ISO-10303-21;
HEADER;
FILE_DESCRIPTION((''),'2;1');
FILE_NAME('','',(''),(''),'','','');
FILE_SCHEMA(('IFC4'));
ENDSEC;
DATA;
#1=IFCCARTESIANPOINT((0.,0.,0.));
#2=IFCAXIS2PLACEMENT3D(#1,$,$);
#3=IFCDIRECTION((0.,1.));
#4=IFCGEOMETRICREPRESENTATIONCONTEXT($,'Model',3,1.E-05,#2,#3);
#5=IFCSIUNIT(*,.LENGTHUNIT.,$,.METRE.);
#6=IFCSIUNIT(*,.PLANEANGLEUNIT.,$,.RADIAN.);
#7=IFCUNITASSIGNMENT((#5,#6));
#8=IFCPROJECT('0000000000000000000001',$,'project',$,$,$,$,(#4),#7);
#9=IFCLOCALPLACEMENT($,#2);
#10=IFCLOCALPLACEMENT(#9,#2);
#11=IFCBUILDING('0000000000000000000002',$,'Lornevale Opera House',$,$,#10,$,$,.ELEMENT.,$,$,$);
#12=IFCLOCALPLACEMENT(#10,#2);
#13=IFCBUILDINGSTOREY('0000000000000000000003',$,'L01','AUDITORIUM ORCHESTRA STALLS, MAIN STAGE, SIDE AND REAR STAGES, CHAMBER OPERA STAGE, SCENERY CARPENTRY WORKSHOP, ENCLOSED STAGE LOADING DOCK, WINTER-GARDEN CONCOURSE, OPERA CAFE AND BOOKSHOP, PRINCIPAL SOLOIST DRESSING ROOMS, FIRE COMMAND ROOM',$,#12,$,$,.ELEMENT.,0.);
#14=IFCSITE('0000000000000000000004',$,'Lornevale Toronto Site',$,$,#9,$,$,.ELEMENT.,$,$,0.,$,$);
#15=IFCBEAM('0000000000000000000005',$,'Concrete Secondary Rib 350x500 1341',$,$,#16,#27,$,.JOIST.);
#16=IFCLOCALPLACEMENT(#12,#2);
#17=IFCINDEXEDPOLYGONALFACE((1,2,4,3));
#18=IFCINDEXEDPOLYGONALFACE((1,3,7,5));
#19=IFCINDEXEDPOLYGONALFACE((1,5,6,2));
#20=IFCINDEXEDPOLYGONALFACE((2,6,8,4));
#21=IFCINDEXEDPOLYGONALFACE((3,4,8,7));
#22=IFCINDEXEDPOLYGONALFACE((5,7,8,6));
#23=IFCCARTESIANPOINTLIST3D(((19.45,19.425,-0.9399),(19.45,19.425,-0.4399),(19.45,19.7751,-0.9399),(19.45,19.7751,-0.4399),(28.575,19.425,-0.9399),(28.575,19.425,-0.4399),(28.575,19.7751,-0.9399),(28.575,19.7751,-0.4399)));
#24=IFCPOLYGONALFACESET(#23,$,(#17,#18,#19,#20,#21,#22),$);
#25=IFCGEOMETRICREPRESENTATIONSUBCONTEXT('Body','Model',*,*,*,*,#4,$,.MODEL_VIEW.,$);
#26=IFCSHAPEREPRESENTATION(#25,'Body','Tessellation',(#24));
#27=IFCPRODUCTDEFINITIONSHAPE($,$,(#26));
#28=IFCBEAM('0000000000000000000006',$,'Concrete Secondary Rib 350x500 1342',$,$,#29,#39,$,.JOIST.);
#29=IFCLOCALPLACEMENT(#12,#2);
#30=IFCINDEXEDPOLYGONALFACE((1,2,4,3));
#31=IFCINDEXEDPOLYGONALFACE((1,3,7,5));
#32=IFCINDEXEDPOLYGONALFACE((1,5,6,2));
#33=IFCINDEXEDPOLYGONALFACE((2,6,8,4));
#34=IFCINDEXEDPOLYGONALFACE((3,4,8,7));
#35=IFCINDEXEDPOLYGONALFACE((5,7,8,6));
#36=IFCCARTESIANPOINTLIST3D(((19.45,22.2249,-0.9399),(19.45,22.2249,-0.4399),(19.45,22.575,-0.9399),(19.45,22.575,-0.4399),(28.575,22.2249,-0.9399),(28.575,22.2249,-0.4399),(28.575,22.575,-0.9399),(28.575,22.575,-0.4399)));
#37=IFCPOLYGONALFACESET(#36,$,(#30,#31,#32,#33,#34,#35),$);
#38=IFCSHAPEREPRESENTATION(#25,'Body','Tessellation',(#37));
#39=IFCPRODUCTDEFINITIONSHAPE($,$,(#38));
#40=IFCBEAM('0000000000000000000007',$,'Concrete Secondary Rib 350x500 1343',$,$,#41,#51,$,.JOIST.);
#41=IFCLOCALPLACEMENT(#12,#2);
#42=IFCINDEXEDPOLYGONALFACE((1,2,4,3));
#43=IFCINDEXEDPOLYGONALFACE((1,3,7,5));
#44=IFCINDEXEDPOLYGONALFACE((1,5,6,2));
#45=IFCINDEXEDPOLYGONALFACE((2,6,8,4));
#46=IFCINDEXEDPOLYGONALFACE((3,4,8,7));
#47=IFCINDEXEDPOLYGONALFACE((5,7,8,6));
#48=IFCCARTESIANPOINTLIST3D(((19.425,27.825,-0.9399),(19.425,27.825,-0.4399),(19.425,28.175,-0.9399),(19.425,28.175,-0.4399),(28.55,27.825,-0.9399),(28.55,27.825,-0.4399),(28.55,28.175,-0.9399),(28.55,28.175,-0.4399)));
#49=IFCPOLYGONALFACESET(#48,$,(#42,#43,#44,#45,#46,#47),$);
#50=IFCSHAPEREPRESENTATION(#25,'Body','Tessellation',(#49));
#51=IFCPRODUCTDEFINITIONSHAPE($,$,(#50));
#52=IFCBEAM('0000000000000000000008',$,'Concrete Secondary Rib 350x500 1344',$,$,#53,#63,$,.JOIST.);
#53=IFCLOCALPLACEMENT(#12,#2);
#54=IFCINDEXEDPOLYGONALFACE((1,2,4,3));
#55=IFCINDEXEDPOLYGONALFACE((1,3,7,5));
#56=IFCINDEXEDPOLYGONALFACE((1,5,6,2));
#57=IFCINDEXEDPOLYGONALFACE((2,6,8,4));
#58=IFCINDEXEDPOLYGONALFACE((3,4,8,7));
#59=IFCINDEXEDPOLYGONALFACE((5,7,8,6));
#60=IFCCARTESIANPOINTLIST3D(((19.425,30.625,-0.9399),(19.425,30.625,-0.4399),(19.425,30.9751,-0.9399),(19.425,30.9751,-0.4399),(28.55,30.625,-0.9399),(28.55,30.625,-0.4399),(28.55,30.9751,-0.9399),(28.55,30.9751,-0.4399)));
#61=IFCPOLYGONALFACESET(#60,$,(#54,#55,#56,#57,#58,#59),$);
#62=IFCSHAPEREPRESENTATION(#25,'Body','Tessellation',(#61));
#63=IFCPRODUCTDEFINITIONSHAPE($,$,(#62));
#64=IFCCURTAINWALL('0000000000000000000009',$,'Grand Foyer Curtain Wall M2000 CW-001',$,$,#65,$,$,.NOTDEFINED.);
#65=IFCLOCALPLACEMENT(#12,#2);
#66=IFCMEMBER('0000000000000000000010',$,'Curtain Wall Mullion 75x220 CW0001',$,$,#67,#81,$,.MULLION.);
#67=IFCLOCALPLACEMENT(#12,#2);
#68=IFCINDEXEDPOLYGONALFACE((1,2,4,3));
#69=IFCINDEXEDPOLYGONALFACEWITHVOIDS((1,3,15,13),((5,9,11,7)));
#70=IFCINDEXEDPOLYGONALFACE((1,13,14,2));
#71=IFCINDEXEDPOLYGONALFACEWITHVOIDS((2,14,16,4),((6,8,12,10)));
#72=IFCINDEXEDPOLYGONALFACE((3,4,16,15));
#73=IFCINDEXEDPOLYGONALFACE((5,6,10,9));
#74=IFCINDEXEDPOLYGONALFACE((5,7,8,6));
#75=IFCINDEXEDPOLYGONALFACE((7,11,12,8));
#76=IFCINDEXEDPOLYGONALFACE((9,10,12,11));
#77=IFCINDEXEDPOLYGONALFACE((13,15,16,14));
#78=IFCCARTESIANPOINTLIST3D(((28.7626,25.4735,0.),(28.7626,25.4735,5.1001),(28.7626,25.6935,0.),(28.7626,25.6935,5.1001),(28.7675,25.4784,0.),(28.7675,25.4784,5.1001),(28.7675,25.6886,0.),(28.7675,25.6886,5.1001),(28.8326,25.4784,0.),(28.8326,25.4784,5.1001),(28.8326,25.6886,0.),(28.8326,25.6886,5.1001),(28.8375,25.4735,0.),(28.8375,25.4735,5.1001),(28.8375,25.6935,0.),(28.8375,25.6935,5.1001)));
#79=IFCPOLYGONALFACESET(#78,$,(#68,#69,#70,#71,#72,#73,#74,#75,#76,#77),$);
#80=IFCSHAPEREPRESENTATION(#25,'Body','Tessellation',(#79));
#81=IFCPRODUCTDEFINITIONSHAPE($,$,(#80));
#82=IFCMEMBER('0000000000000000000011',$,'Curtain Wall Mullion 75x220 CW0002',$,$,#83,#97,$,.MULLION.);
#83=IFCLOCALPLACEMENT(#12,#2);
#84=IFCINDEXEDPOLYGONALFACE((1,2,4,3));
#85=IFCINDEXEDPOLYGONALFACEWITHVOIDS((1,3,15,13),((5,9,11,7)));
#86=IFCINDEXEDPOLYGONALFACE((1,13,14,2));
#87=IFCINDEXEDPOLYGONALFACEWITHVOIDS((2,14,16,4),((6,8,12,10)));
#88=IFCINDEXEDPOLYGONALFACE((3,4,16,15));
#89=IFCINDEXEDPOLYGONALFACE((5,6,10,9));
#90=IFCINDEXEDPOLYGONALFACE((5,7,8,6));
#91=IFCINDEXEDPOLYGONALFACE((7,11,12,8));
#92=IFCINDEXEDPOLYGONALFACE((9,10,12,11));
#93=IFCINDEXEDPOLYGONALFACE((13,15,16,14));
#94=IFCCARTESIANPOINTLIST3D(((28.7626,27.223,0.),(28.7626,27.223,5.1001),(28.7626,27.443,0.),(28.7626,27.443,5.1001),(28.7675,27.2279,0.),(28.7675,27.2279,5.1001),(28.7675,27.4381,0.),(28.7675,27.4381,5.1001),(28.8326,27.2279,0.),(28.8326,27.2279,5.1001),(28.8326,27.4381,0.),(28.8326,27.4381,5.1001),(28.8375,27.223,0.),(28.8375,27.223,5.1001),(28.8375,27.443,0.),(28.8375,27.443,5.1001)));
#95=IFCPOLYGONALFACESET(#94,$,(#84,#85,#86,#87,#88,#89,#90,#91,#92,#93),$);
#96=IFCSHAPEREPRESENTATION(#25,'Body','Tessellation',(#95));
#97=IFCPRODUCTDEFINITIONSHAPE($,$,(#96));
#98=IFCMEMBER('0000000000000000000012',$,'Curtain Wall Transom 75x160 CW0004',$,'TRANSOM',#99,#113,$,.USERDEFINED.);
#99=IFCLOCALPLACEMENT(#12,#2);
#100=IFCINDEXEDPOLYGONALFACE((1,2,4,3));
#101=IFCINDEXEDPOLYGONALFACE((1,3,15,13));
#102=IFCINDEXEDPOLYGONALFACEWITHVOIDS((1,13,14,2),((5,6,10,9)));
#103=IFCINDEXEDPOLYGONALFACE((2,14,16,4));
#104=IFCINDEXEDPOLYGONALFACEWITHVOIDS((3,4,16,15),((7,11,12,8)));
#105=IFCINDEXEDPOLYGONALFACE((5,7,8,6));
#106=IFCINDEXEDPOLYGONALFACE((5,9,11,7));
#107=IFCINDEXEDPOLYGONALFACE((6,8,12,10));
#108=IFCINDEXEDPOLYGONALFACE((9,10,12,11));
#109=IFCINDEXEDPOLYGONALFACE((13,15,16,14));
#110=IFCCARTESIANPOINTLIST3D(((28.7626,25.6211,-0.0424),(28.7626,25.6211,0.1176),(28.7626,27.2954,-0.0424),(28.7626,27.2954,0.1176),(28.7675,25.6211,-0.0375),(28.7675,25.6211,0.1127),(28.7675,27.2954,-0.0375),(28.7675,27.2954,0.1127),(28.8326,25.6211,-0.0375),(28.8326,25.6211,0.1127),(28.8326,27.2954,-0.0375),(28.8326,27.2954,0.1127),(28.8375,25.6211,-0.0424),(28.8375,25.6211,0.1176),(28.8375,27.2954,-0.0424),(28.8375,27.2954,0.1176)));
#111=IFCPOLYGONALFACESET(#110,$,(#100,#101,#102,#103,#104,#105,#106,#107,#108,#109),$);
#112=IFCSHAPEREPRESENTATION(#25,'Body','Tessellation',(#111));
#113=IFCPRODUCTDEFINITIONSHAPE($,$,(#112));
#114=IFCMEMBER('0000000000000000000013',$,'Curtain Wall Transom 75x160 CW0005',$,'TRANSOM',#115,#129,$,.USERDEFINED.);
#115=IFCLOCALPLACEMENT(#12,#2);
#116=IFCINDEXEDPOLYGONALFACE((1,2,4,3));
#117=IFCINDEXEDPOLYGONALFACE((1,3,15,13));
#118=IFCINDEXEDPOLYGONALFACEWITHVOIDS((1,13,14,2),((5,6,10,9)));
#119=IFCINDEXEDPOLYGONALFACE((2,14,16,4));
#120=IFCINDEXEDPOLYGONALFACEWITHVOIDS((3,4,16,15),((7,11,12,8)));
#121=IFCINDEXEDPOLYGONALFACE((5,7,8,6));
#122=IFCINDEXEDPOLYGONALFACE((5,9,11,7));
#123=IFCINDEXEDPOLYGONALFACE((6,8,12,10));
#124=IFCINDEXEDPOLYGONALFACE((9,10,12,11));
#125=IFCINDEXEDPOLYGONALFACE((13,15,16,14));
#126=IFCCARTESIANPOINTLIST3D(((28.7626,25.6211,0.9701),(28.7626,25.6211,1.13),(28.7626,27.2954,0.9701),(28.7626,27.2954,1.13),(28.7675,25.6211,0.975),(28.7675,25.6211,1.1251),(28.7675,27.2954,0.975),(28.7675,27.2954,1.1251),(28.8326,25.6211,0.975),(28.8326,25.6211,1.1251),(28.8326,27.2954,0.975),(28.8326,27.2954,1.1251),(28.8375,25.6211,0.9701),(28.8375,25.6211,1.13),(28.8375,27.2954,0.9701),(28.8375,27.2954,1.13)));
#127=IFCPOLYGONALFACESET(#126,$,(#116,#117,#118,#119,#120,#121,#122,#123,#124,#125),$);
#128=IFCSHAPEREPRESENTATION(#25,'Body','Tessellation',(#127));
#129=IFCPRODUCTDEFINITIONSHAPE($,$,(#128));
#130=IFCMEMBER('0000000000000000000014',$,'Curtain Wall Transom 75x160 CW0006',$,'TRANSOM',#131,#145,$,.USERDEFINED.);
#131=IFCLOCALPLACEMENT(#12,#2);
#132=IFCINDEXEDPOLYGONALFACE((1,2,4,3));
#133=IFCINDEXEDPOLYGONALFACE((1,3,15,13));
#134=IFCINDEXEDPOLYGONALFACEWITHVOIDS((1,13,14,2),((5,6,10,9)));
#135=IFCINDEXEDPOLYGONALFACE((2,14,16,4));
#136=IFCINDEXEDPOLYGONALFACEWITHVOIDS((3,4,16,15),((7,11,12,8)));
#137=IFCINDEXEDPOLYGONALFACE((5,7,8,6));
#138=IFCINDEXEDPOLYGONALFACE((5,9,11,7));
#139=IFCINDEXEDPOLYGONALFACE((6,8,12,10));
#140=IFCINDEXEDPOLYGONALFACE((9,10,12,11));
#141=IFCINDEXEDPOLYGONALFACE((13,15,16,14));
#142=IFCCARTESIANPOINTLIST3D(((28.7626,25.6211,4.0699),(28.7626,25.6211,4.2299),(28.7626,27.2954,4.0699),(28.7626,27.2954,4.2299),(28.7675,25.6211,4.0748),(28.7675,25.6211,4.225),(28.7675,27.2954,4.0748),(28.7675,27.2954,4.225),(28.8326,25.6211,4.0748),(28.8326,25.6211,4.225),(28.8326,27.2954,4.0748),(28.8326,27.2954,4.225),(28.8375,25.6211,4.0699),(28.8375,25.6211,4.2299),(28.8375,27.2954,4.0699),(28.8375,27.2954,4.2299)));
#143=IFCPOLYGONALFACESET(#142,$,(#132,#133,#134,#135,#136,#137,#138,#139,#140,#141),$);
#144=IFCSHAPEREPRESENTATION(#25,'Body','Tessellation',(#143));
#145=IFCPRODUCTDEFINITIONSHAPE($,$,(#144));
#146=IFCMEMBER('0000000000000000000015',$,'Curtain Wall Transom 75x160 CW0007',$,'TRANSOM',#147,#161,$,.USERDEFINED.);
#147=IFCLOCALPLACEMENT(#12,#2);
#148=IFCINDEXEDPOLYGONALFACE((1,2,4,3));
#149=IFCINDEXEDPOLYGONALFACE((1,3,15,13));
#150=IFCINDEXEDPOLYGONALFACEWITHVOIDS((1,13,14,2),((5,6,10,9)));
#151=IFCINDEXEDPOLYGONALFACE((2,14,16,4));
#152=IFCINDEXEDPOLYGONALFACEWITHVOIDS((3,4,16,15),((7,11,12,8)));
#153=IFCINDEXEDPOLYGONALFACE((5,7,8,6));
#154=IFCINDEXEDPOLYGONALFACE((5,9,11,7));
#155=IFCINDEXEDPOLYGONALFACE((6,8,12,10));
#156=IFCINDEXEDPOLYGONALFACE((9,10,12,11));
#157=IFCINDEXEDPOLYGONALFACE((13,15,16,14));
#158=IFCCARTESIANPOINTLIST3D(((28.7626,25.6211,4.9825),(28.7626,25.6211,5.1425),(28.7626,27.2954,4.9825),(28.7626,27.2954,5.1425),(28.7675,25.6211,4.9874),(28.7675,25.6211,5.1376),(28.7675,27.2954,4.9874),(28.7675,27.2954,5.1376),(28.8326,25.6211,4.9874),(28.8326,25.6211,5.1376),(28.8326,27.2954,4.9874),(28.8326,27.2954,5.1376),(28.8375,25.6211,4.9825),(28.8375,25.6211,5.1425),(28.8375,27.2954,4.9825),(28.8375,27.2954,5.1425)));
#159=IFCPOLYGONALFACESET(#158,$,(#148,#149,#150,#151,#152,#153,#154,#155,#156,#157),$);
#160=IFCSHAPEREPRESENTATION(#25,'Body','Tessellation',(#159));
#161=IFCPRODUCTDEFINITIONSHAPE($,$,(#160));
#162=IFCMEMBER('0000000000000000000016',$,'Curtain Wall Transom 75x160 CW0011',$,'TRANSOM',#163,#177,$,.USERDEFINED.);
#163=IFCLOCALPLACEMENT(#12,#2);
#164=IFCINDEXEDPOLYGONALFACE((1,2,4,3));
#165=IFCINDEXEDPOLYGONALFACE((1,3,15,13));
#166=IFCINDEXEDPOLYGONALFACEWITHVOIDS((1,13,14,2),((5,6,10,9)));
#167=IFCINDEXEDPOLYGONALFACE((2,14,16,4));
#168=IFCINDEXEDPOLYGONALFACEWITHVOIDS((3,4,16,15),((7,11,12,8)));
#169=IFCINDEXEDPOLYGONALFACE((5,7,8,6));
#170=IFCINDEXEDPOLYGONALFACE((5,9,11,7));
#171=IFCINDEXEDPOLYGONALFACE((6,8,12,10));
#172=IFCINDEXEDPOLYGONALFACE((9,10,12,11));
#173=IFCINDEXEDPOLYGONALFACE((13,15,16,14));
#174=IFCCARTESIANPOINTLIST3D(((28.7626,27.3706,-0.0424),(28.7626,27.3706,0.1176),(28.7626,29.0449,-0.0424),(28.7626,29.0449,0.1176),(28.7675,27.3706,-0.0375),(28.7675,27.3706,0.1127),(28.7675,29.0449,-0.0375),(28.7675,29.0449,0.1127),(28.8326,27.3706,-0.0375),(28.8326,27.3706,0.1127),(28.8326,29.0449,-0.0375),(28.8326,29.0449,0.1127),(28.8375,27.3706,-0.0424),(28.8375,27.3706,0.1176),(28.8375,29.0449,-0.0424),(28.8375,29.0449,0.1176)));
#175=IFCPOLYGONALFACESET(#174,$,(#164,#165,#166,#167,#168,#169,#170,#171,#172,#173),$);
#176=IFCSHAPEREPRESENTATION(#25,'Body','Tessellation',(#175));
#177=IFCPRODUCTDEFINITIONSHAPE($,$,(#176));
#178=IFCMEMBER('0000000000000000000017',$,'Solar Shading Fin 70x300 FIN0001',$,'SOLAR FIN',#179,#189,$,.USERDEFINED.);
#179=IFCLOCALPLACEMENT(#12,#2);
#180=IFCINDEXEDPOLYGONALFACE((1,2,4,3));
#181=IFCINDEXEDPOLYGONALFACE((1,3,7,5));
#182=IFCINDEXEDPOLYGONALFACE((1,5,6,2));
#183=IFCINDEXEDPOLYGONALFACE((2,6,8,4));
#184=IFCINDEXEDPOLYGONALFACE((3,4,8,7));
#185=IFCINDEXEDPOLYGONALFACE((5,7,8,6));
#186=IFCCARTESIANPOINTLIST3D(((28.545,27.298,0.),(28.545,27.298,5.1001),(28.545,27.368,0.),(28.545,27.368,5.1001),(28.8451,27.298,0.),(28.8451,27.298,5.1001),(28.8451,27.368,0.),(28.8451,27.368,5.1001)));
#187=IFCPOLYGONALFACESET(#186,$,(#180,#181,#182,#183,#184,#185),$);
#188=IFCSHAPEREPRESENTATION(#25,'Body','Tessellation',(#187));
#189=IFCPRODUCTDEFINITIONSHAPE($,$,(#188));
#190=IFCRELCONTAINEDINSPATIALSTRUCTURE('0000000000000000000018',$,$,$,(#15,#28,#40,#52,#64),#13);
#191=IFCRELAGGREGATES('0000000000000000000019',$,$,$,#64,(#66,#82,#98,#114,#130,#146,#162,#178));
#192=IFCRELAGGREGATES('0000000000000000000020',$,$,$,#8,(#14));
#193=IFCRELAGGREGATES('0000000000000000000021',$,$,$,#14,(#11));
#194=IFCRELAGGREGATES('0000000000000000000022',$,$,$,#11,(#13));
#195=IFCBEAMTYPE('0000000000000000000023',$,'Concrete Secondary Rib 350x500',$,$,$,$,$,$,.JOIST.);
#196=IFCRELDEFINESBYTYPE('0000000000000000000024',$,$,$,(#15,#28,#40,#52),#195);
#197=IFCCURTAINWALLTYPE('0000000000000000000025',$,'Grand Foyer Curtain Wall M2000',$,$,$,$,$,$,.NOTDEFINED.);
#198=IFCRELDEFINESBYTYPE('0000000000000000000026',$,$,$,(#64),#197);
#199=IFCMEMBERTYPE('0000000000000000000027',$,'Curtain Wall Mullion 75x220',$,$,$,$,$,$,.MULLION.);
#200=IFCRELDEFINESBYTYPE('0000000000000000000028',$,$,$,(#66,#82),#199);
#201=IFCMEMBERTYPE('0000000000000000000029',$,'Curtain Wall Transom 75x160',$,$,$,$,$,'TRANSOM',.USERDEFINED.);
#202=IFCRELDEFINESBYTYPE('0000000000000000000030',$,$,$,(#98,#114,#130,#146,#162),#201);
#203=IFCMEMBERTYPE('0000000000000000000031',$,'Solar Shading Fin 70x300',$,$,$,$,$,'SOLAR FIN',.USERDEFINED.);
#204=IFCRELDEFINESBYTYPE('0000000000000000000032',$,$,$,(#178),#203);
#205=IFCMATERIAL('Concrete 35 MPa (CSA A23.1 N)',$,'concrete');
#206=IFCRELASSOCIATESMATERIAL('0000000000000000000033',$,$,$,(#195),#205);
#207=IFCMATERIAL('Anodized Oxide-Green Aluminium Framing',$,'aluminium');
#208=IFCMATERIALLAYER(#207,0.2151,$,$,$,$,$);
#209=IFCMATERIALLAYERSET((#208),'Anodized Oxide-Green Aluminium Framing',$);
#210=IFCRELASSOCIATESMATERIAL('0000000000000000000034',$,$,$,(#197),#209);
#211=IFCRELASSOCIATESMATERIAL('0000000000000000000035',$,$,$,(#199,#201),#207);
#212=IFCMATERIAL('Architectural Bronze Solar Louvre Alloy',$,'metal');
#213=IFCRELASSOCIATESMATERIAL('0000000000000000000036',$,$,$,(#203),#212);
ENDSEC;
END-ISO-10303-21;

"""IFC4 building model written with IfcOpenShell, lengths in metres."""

from ifc_helpers import new_model, si_unit, direction, frame, origin, origin_2d, place, context, subcontext, project, spatial, rectangle, hollow_rectangle, extrude, material, layer, layer_set, material_profile, profile_set, type_object, element, aggregate, save


model = new_model("IFC4")

# Units and contexts
model_context = context("Model", 3, precision=1e-05, world=origin(), true_north=direction((0.0, 1.0)))
body_context = subcontext(model_context, "Body", "Model", "MODEL_VIEW")
ifc_project = project(units=[si_unit("LENGTHUNIT", "METRE"), si_unit("PLANEANGLEUNIT", "RADIAN")], contexts=[model_context])

# Site, building, storey
site_placement = place(None, origin())
site = spatial("IfcSite", under=ifc_project, at=site_placement, Name="Lornevale Toronto Site", CompositionType="ELEMENT", RefElevation=0.0)
building_placement = place(site_placement, origin())
building = spatial("IfcBuilding", under=site, at=building_placement, Name="Lornevale Opera House", CompositionType="ELEMENT")
storey_placement = place(building_placement, origin())
storey = spatial("IfcBuildingStorey", under=building, at=storey_placement, Name="L01", Description="AUDITORIUM ORCHESTRA STALLS, MAIN STAGE, SIDE AND REAR STAGES, CHAMBER OPERA STAGE, SCENERY CARPENTRY WORKSHOP, ENCLOSED STAGE LOADING DOCK, WINTER-GARDEN CONCOURSE, OPERA CAFE AND BOOKSHOP, PRINCIPAL SOLOIST DRESSING ROOMS, FIRE COMMAND ROOM", CompositionType="ELEMENT", Elevation=0.0)

# Beams
ifc_material_1 = material(Name="Concrete 35 MPa (CSA A23.1 N)", Category="concrete")
ifc_material_profile_1 = material_profile(ifc_material_1, rectangle(XDim=0.3501, YDim=0.5, at=origin_2d()), Name="RC350x500")
ifc_profile_set_1 = profile_set([ifc_material_profile_1], Name="Concrete 35 MPa (CSA A23.1 N)")
beam_type_1 = type_object("IfcBeamType", Name="Concrete Secondary Rib 350x500", PredefinedType="JOIST", material=ifc_profile_set_1)
for number, where, z_axis, x_axis, name in (
    (1, (19.45, 19.6001, -0.6899), (1.0, 0.0, 0.0), (0.0, 1.0, 0.0), "Concrete Secondary Rib 350x500 1341"),
    (2, (19.45, 22.3999, -0.6899), (1.0, 0.0, 0.0), (0.0, 1.0, 0.0), "Concrete Secondary Rib 350x500 1342"),
    (3, (19.425, 28.0, -0.6899), (1.0, 0.0, 0.0), (0.0, 1.0, 0.0), "Concrete Secondary Rib 350x500 1343"),
    (4, (19.425, 30.8, -0.6899), (1.0, 0.0, 0.0), (0.0, 1.0, 0.0), "Concrete Secondary Rib 350x500 1344"),
):
    element("IfcBeam", number, at=place(storey_placement, frame(where, z_axis=z_axis, x_axis=x_axis)), inside=storey, type_object=beam_type_1, Name=name, PredefinedType="JOIST", context=body_context, shape_type="SweptSolid", body=[
        extrude(rectangle(XDim=0.3501, YDim=0.5, at=origin_2d()), origin(), (0.0, 0.0, 1.0), 9.125),
    ])

# Curtain wall, members
ifc_material_2 = material(Name="Anodized Oxide-Green Aluminium Framing", Category="aluminium")
ifc_layer_1 = layer(ifc_material_2, 0.2151)
ifc_layer_set_1 = layer_set([ifc_layer_1], Name="Anodized Oxide-Green Aluminium Framing")
curtain_wall_type = type_object("IfcCurtainWallType", Name="Grand Foyer Curtain Wall M2000", PredefinedType="NOTDEFINED", material=ifc_layer_set_1)
curtain_wall_placement = place(storey_placement, origin())
curtain_wall = element("IfcCurtainWall", 5, at=curtain_wall_placement, inside=storey, type_object=curtain_wall_type, Name="Grand Foyer Curtain Wall M2000 CW-001", PredefinedType="NOTDEFINED")
ifc_material_profile_2 = material_profile(ifc_material_2, hollow_rectangle(XDim=0.075, YDim=0.22, WallThickness=0.0049, at=origin_2d()), Name="ALU75x220x5")
ifc_profile_set_2 = profile_set([ifc_material_profile_2], Name="Anodized Oxide-Green Aluminium Framing")
member_type_1 = type_object("IfcMemberType", Name="Curtain Wall Mullion 75x220", PredefinedType="MULLION", material=ifc_profile_set_2)
member_1_placement = place(storey_placement, frame((28.8, 25.5835, 0.0), z_axis=(0.0, 0.0, 1.0), x_axis=(-1.0, 0.0, 0.0)))
member_1 = element("IfcMember", 6, at=member_1_placement, type_object=member_type_1, Name="Curtain Wall Mullion 75x220 CW0001", PredefinedType="MULLION", context=body_context, shape_type="SweptSolid", body=[
    extrude(hollow_rectangle(XDim=0.075, YDim=0.22, WallThickness=0.0049, at=origin_2d()), origin(), (0.0, 0.0, 1.0), 5.1001),
])
member_2_placement = place(storey_placement, frame((28.8, 27.333, 0.0), z_axis=(0.0, 0.0, 1.0), x_axis=(-1.0, 0.0, 0.0)))
member_2 = element("IfcMember", 7, at=member_2_placement, type_object=member_type_1, Name="Curtain Wall Mullion 75x220 CW0002", PredefinedType="MULLION", context=body_context, shape_type="SweptSolid", body=[
    extrude(hollow_rectangle(XDim=0.075, YDim=0.22, WallThickness=0.0049, at=origin_2d()), origin(), (0.0, 0.0, 1.0), 5.1001),
])
ifc_material_profile_3 = material_profile(ifc_material_2, hollow_rectangle(XDim=0.075, YDim=0.1599, WallThickness=0.0049, at=origin_2d()), Name="ALU75x160x5")
ifc_profile_set_3 = profile_set([ifc_material_profile_3], Name="Anodized Oxide-Green Aluminium Framing")
member_type_2 = type_object("IfcMemberType", Name="Curtain Wall Transom 75x160", ElementType="TRANSOM", PredefinedType="USERDEFINED", material=ifc_profile_set_3)
member_3_placement = place(storey_placement, frame((28.8, 25.6211, 0.0376), z_axis=(0.0, 1.0, 0.0), x_axis=(-1.0, 0.0, 0.0)))
member_3 = element("IfcMember", 8, at=member_3_placement, type_object=member_type_2, Name="Curtain Wall Transom 75x160 CW0004", ObjectType="TRANSOM", PredefinedType="USERDEFINED", context=body_context, shape_type="SweptSolid", body=[
    extrude(hollow_rectangle(XDim=0.075, YDim=0.1599, WallThickness=0.0049, at=origin_2d()), origin(), (0.0, 0.0, 1.0), 1.6743),
])
member_4_placement = place(storey_placement, frame((28.8, 25.6211, 1.05), z_axis=(0.0, 1.0, 0.0), x_axis=(-1.0, 0.0, 0.0)))
member_4 = element("IfcMember", 9, at=member_4_placement, type_object=member_type_2, Name="Curtain Wall Transom 75x160 CW0005", ObjectType="TRANSOM", PredefinedType="USERDEFINED", context=body_context, shape_type="SweptSolid", body=[
    extrude(hollow_rectangle(XDim=0.075, YDim=0.1599, WallThickness=0.0049, at=origin_2d()), origin(), (0.0, 0.0, 1.0), 1.6743),
])
member_5_placement = place(storey_placement, frame((28.8, 25.6211, 4.1499), z_axis=(0.0, 1.0, 0.0), x_axis=(-1.0, 0.0, 0.0)))
member_5 = element("IfcMember", 10, at=member_5_placement, type_object=member_type_2, Name="Curtain Wall Transom 75x160 CW0006", ObjectType="TRANSOM", PredefinedType="USERDEFINED", context=body_context, shape_type="SweptSolid", body=[
    extrude(hollow_rectangle(XDim=0.075, YDim=0.1599, WallThickness=0.0049, at=origin_2d()), origin(), (0.0, 0.0, 1.0), 1.6743),
])
member_6_placement = place(storey_placement, frame((28.8, 25.6211, 5.0625), z_axis=(0.0, 1.0, 0.0), x_axis=(-1.0, 0.0, 0.0)))
member_6 = element("IfcMember", 11, at=member_6_placement, type_object=member_type_2, Name="Curtain Wall Transom 75x160 CW0007", ObjectType="TRANSOM", PredefinedType="USERDEFINED", context=body_context, shape_type="SweptSolid", body=[
    extrude(hollow_rectangle(XDim=0.075, YDim=0.1599, WallThickness=0.0049, at=origin_2d()), origin(), (0.0, 0.0, 1.0), 1.6743),
])
member_7_placement = place(storey_placement, frame((28.8, 27.3706, 0.0376), z_axis=(0.0, 1.0, 0.0), x_axis=(-1.0, 0.0, 0.0)))
member_7 = element("IfcMember", 12, at=member_7_placement, type_object=member_type_2, Name="Curtain Wall Transom 75x160 CW0011", ObjectType="TRANSOM", PredefinedType="USERDEFINED", context=body_context, shape_type="SweptSolid", body=[
    extrude(hollow_rectangle(XDim=0.075, YDim=0.1599, WallThickness=0.0049, at=origin_2d()), origin(), (0.0, 0.0, 1.0), 1.6743),
])
ifc_material_3 = material(Name="Architectural Bronze Solar Louvre Alloy", Category="metal")
ifc_material_profile_4 = material_profile(ifc_material_3, rectangle(XDim=0.0701, YDim=0.3, at=origin_2d()), Name="FIN70x300")
ifc_profile_set_4 = profile_set([ifc_material_profile_4], Name="Architectural Bronze Solar Louvre Alloy")
member_type_3 = type_object("IfcMemberType", Name="Solar Shading Fin 70x300", ElementType="SOLAR FIN", PredefinedType="USERDEFINED", material=ifc_profile_set_4)
member_8_placement = place(storey_placement, frame((28.6951, 27.333, 0.0), z_axis=(0.0, 0.0, 1.0), x_axis=(0.0, 1.0, 0.0)))
member_8 = element("IfcMember", 13, at=member_8_placement, type_object=member_type_3, Name="Solar Shading Fin 70x300 FIN0001", ObjectType="SOLAR FIN", PredefinedType="USERDEFINED", context=body_context, shape_type="SweptSolid", body=[
    extrude(rectangle(XDim=0.0701, YDim=0.3, at=origin_2d()), origin(), (0.0, 0.0, 1.0), 5.1001),
])
aggregate(curtain_wall, [member_1, member_2, member_3, member_4, member_5, member_6, member_7, member_8])

save(model, "model.ifc")
